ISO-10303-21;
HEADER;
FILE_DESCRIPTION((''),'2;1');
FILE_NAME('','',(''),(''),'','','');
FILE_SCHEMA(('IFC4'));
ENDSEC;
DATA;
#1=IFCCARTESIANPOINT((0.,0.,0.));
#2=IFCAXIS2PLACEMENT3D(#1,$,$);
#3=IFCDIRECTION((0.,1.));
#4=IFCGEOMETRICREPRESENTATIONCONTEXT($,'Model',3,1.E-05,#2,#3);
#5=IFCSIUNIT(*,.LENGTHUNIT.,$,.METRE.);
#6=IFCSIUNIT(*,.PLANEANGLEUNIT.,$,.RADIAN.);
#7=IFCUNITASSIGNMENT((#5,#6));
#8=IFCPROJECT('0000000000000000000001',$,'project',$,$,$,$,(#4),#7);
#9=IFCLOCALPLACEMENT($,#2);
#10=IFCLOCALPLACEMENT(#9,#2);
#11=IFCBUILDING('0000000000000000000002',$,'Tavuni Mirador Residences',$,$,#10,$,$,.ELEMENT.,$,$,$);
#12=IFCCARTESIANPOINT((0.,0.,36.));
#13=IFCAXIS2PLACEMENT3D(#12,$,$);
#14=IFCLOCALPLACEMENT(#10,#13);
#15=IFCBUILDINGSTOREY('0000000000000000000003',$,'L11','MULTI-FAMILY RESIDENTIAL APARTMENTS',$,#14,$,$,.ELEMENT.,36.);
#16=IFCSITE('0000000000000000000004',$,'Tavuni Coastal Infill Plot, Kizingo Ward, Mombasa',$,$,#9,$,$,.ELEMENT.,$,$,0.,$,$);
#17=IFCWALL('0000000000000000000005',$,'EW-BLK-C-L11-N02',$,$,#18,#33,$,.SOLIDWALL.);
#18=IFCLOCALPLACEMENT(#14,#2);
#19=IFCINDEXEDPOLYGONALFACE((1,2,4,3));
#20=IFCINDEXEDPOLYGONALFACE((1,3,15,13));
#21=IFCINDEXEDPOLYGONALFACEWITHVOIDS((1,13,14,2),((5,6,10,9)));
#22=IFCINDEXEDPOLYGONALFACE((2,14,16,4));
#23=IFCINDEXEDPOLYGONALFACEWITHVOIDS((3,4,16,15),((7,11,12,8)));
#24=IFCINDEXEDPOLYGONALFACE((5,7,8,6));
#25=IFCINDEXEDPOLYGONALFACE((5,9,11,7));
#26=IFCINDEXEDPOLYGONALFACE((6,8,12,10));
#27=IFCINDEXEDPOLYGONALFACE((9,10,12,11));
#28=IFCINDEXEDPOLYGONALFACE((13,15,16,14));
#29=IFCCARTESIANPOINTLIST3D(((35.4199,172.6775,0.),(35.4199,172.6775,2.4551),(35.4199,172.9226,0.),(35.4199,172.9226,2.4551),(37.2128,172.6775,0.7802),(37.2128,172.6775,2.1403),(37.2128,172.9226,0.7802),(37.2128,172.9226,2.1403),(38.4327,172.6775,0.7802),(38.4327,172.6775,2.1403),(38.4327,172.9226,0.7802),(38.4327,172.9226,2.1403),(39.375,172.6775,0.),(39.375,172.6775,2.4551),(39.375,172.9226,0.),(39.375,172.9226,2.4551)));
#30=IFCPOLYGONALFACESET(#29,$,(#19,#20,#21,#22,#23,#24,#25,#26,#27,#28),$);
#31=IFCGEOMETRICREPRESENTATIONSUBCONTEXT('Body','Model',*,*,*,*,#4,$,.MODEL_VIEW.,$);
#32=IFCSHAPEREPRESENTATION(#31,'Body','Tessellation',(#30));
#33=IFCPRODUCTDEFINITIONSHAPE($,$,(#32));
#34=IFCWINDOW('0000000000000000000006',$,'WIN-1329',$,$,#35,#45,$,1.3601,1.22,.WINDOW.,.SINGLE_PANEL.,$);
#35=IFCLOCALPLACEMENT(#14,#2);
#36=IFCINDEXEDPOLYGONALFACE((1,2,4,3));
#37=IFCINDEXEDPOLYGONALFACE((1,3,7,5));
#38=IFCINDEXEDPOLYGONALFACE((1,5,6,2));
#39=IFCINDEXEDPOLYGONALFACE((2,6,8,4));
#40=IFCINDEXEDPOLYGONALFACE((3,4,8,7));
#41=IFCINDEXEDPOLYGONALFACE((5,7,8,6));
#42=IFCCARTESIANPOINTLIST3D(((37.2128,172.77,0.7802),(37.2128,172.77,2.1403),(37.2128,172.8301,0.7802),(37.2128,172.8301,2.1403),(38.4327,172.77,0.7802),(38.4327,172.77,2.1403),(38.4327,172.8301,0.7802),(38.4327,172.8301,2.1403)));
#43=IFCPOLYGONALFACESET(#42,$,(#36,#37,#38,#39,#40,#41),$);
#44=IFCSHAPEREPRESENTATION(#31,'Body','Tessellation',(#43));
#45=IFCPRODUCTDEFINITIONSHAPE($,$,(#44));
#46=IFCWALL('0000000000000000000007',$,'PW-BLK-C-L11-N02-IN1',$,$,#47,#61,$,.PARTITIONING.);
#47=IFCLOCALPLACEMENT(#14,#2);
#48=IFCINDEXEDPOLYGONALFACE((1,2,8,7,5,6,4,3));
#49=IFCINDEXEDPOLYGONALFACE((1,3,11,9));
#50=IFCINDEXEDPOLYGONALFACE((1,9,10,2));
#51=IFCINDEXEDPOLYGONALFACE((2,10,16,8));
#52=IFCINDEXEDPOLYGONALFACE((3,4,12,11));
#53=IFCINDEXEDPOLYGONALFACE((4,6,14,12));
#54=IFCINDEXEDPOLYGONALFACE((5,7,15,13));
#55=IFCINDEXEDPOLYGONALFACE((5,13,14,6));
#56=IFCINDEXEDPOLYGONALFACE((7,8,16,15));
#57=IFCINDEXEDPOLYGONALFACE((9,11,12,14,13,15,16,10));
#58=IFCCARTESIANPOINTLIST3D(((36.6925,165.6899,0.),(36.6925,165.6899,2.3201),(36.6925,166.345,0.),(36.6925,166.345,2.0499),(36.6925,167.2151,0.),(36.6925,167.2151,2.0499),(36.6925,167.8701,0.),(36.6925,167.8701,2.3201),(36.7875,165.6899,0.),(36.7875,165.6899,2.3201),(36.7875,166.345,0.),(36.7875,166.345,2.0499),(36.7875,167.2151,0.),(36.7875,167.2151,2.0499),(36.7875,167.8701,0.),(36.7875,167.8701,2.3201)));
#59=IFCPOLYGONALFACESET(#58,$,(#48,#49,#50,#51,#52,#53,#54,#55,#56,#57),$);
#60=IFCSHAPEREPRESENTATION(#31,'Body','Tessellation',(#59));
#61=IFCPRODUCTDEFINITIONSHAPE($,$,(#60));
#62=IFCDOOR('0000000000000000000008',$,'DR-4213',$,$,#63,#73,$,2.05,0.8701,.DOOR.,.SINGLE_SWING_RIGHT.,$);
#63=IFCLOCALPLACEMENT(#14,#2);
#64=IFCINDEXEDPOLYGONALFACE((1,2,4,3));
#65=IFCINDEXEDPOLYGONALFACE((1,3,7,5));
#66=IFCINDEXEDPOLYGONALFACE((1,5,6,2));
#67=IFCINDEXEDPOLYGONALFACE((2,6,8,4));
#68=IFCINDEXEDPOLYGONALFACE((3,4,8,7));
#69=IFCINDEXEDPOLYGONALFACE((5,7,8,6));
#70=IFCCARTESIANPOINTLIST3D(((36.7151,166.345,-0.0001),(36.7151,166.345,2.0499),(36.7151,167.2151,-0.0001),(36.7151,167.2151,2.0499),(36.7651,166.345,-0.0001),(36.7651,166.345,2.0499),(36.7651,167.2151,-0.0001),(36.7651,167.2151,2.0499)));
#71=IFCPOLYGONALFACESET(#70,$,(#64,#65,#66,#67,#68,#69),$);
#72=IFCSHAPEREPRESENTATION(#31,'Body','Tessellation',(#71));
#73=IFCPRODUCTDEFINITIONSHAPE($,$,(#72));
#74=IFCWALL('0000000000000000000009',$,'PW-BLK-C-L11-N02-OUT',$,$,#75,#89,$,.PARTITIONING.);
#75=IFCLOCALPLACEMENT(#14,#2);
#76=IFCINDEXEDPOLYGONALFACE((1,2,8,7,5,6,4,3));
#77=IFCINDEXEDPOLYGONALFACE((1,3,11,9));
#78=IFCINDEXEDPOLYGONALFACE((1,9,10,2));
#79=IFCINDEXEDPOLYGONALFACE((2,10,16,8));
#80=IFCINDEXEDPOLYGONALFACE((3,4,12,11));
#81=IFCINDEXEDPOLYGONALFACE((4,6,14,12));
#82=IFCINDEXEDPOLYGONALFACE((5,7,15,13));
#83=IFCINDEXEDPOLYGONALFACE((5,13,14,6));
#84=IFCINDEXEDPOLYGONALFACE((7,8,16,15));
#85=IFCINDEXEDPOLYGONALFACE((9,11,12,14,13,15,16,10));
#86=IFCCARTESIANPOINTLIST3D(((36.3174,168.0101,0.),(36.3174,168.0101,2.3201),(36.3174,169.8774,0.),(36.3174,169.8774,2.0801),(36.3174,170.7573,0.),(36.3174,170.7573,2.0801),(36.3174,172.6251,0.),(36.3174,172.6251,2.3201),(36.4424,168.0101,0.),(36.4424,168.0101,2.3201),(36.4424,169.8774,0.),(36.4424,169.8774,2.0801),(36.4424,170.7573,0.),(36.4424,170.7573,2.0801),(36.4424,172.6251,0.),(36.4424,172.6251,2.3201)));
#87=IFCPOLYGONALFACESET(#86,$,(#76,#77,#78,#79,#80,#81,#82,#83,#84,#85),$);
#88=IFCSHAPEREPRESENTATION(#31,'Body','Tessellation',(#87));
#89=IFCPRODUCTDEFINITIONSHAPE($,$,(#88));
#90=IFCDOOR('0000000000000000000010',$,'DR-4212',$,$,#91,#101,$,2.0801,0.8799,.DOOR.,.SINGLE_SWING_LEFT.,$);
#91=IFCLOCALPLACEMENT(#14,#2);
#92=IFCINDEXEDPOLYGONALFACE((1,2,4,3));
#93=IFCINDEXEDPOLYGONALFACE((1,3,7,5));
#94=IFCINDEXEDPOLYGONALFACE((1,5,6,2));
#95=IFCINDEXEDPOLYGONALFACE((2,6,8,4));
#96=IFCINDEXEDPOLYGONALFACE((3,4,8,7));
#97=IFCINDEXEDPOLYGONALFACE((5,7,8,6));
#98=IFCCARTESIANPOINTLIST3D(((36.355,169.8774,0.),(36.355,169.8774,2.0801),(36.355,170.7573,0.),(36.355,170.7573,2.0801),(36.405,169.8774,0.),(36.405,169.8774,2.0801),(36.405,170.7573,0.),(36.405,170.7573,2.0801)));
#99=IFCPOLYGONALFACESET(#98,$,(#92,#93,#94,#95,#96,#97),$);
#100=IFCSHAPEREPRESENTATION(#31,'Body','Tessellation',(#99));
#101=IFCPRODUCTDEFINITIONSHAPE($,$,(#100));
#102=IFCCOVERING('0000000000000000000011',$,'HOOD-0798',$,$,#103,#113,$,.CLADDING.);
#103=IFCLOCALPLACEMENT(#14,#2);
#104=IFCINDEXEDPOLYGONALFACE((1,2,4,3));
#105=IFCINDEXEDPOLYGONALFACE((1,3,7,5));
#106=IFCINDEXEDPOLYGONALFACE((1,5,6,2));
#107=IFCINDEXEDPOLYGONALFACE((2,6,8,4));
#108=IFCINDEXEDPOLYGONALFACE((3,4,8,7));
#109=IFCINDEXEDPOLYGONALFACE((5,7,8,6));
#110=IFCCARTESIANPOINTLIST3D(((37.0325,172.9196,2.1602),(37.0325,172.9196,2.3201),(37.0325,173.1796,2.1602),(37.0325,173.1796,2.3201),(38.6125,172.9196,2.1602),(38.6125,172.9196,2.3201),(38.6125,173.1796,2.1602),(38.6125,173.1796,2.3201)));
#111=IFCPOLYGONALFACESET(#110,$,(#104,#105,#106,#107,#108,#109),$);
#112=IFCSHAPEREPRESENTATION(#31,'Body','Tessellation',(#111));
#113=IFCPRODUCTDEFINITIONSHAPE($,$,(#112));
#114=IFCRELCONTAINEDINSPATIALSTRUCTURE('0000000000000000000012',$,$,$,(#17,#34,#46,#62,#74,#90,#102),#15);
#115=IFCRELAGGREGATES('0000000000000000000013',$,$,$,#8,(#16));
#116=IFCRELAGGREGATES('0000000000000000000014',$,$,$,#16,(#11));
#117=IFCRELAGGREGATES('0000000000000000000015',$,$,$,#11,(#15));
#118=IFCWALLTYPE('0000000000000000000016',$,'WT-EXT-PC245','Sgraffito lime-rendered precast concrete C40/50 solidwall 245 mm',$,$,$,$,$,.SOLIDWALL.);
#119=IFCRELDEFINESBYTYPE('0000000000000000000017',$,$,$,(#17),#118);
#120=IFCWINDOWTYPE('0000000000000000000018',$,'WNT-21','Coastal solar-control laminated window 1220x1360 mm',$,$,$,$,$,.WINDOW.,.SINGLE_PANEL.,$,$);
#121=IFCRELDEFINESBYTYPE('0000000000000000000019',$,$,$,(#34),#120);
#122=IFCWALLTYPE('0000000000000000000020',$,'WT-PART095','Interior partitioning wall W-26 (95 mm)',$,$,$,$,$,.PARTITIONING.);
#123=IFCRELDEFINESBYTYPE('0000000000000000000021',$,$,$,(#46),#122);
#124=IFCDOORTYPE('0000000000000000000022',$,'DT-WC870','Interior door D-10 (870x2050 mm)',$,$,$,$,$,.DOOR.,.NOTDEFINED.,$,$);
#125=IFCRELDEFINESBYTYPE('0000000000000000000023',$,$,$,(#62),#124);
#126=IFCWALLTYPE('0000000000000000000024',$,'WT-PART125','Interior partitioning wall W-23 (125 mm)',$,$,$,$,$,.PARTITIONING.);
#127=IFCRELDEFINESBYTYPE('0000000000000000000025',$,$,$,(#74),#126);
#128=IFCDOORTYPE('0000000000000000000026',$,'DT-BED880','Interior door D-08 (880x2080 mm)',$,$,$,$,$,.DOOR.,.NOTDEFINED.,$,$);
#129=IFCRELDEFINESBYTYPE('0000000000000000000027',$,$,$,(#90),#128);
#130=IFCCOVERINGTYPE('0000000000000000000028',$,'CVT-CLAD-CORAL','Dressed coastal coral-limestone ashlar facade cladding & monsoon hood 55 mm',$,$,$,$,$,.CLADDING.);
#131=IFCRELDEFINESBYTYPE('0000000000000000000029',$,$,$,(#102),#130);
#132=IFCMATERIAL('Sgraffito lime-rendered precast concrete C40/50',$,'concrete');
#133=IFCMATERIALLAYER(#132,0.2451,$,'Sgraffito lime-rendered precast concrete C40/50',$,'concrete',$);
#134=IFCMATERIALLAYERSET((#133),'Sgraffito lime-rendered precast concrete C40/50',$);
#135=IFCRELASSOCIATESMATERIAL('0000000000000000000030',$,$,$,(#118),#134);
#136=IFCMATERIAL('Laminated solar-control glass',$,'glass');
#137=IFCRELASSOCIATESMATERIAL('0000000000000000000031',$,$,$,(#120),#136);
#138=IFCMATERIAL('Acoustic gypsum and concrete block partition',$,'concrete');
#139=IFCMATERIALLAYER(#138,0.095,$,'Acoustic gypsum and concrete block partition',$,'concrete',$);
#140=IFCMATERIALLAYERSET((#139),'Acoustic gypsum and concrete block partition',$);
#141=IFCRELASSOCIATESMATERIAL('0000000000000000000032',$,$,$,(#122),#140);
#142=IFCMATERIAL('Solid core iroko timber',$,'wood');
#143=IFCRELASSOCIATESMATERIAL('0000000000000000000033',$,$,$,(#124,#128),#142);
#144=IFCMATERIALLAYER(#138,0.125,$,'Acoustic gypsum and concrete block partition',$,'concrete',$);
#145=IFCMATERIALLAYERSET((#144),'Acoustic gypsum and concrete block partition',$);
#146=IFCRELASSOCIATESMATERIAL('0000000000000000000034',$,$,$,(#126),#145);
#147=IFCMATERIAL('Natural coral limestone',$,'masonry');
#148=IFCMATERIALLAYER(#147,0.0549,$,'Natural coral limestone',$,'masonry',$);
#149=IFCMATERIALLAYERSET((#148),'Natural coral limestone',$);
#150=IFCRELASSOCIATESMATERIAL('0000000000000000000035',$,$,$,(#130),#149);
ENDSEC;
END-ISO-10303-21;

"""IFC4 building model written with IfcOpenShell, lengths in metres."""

from ifc_helpers import new_model, si_unit, direction, frame, frame_2d, origin, origin_2d, place, context, subcontext, project, spatial, rectangle, extrude, material, layer, layer_set, type_object, element, fill, save


model = new_model("IFC4")

# Units and contexts
model_context = context("Model", 3, precision=1e-05, world=origin(), true_north=direction((0.0, 1.0)))
body_context = subcontext(model_context, "Body", "Model", "MODEL_VIEW")
ifc_project = project(units=[si_unit("LENGTHUNIT", "METRE"), si_unit("PLANEANGLEUNIT", "RADIAN")], contexts=[model_context])

# Site, building, storey
site_placement = place(None, origin())
site = spatial("IfcSite", under=ifc_project, at=site_placement, Name="Tavuni Coastal Infill Plot, Kizingo Ward, Mombasa", CompositionType="ELEMENT", RefElevation=0.0)
building_placement = place(site_placement, origin())
building = spatial("IfcBuilding", under=site, at=building_placement, Name="Tavuni Mirador Residences", CompositionType="ELEMENT")
storey_placement = place(building_placement, frame((0.0, 0.0, 36.0)))
storey = spatial("IfcBuildingStorey", under=building, at=storey_placement, Name="L11", Description="MULTI-FAMILY RESIDENTIAL APARTMENTS", CompositionType="ELEMENT", Elevation=36.0)

# Shared definitions
ifc_material_1 = material(Name="Laminated solar-control glass", Category="glass")

# Wall, opening, window
ifc_material_2 = material(Name="Sgraffito lime-rendered precast concrete C40/50", Category="concrete")
ifc_layer_1 = layer(ifc_material_2, 0.2451, Name="Sgraffito lime-rendered precast concrete C40/50", Category="concrete")
ifc_layer_set_1 = layer_set([ifc_layer_1], Name="Sgraffito lime-rendered precast concrete C40/50")
wall_type_1 = type_object("IfcWallType", Name="WT-EXT-PC245", Description="Sgraffito lime-rendered precast concrete C40/50 solidwall 245 mm", PredefinedType="SOLIDWALL", material=ifc_layer_set_1)
wall_1_placement = place(storey_placement, frame((39.375, 172.8, 0.0), z_axis=(0.0, 0.0, 1.0), x_axis=(-1.0, 0.0, 0.0)))
wall_1 = element("IfcWall", 1, at=wall_1_placement, inside=storey, type_object=wall_type_1, Name="EW-BLK-C-L11-N02", PredefinedType="SOLIDWALL", context=body_context, shape_type="SweptSolid", body=[
    extrude(rectangle(XDim=3.9551, YDim=0.2451, at=frame_2d((1.9775, 0.0))), origin(), (0.0, 0.0, 1.0), 2.4551),
])
opening_1_placement = place(wall_1_placement, frame((0.9424, 0.0, 0.78)))
opening_1 = element("IfcOpeningElement", 2, at=opening_1_placement, cuts=wall_1, PredefinedType="OPENING", context=body_context, shape_type="SweptSolid", body=[
    extrude(rectangle(XDim=1.22, YDim=1.3601, at=frame_2d((0.6099, 0.6802))), frame((0.0, 0.1326, 0.0), z_axis=(0.0, -1.0, 0.0), x_axis=(1.0, 0.0, 0.0)), (0.0, 0.0, 1.0), 0.2651),
])
window_type = type_object("IfcWindowType", Name="WNT-21", Description="Coastal solar-control laminated window 1220x1360 mm", PartitioningType="SINGLE_PANEL", PredefinedType="WINDOW", material=ifc_material_1)
window_placement = place(opening_1_placement, origin())
window = element("IfcWindow", 3, at=window_placement, inside=storey, type_object=window_type, Name="WIN-1329", OverallHeight=1.3601, OverallWidth=1.22, PartitioningType="SINGLE_PANEL", PredefinedType="WINDOW", context=body_context, shape_type="SweptSolid", body=[
    extrude(rectangle(XDim=1.22, YDim=1.3601, at=frame_2d((0.6099, 0.6802))), frame((0.0, 0.03, 0.0), z_axis=(0.0, -1.0, 0.0), x_axis=(1.0, 0.0, 0.0)), (0.0, 0.0, 1.0), 0.0601),
])
fill(opening_1, window)

# Walls, openings, doors
ifc_material_3 = material(Name="Acoustic gypsum and concrete block partition", Category="concrete")
ifc_layer_2 = layer(ifc_material_3, 0.095, Name="Acoustic gypsum and concrete block partition", Category="concrete")
ifc_layer_set_2 = layer_set([ifc_layer_2], Name="Acoustic gypsum and concrete block partition")
wall_type_2 = type_object("IfcWallType", Name="WT-PART095", Description="Interior partitioning wall W-26 (95 mm)", PredefinedType="PARTITIONING", material=ifc_layer_set_2)
wall_2_placement = place(storey_placement, frame((36.74, 165.6899, 0.0), z_axis=(0.0, 0.0, 1.0), x_axis=(0.0, 1.0, 0.0)))
wall_2 = element("IfcWall", 4, at=wall_2_placement, inside=storey, type_object=wall_type_2, Name="PW-BLK-C-L11-N02-IN1", PredefinedType="PARTITIONING", context=body_context, shape_type="SweptSolid", body=[
    extrude(rectangle(XDim=2.1802, YDim=0.095, at=frame_2d((1.0901, 0.0))), origin(), (0.0, 0.0, 1.0), 2.3201),
])
opening_2_placement = place(wall_2_placement, frame((0.655, 0.0, 0.0)))
opening_2 = element("IfcOpeningElement", 5, at=opening_2_placement, cuts=wall_2, PredefinedType="OPENING", context=body_context, shape_type="SweptSolid", body=[
    extrude(rectangle(XDim=0.8701, YDim=2.05, at=frame_2d((0.4351, 1.0249))), frame((0.0, 0.0576, 0.0), z_axis=(0.0, -1.0, 0.0), x_axis=(1.0, 0.0, 0.0)), (0.0, 0.0, 1.0), 0.115),
])
ifc_material_4 = material(Name="Solid core iroko timber", Category="wood")
door_type_1 = type_object("IfcDoorType", Name="DT-WC870", Description="Interior door D-10 (870x2050 mm)", OperationType="NOTDEFINED", PredefinedType="DOOR", material=ifc_material_4)
door_1_placement = place(opening_2_placement, origin())
door_1 = element("IfcDoor", 6, at=door_1_placement, inside=storey, type_object=door_type_1, Name="DR-4213", OperationType="SINGLE_SWING_RIGHT", OverallHeight=2.05, OverallWidth=0.8701, PredefinedType="DOOR", context=body_context, shape_type="SweptSolid", body=[
    extrude(rectangle(XDim=0.8701, YDim=2.05, at=frame_2d((0.4351, 1.0249))), frame((0.0, 0.0249, 0.0), z_axis=(0.0, -1.0, 0.0), x_axis=(1.0, 0.0, 0.0)), (0.0, 0.0, 1.0), 0.05),
])
fill(opening_2, door_1)
ifc_layer_3 = layer(ifc_material_3, 0.125, Name="Acoustic gypsum and concrete block partition", Category="concrete")
ifc_layer_set_3 = layer_set([ifc_layer_3], Name="Acoustic gypsum and concrete block partition")
wall_type_3 = type_object("IfcWallType", Name="WT-PART125", Description="Interior partitioning wall W-23 (125 mm)", PredefinedType="PARTITIONING", material=ifc_layer_set_3)
wall_3_placement = place(storey_placement, frame((36.3799, 168.01, 0.0), z_axis=(0.0, 0.0, 1.0), x_axis=(0.0, 1.0, 0.0)))
wall_3 = element("IfcWall", 7, at=wall_3_placement, inside=storey, type_object=wall_type_3, Name="PW-BLK-C-L11-N02-OUT", PredefinedType="PARTITIONING", context=body_context, shape_type="SweptSolid", body=[
    extrude(rectangle(XDim=4.615, YDim=0.125, at=frame_2d((2.3076, 0.0))), origin(), (0.0, 0.0, 1.0), 2.3201),
])
opening_3_placement = place(wall_3_placement, frame((1.8674, 0.0, 0.0)))
opening_3 = element("IfcOpeningElement", 8, at=opening_3_placement, cuts=wall_3, PredefinedType="OPENING", context=body_context, shape_type="SweptSolid", body=[
    extrude(rectangle(XDim=0.8799, YDim=2.0801, at=frame_2d((0.4399, 1.04))), frame((0.0, 0.0725, 0.0), z_axis=(0.0, -1.0, 0.0), x_axis=(1.0, 0.0, 0.0)), (0.0, 0.0, 1.0), 0.145),
])
door_type_2 = type_object("IfcDoorType", Name="DT-BED880", Description="Interior door D-08 (880x2080 mm)", OperationType="NOTDEFINED", PredefinedType="DOOR", material=ifc_material_4)
door_2_placement = place(opening_3_placement, origin())
door_2 = element("IfcDoor", 9, at=door_2_placement, inside=storey, type_object=door_type_2, Name="DR-4212", OperationType="SINGLE_SWING_LEFT", OverallHeight=2.0801, OverallWidth=0.8799, PredefinedType="DOOR", context=body_context, shape_type="SweptSolid", body=[
    extrude(rectangle(XDim=0.8799, YDim=2.0801, at=frame_2d((0.4399, 1.04))), frame((0.0, 0.0249, 0.0), z_axis=(0.0, -1.0, 0.0), x_axis=(1.0, 0.0, 0.0)), (0.0, 0.0, 1.0), 0.05),
])
fill(opening_3, door_2)

# Covering
ifc_material_5 = material(Name="Natural coral limestone", Category="masonry")
ifc_layer_4 = layer(ifc_material_5, 0.0549, Name="Natural coral limestone", Category="masonry")
ifc_layer_set_4 = layer_set([ifc_layer_4], Name="Natural coral limestone")
covering_type = type_object("IfcCoveringType", Name="CVT-CLAD-CORAL", Description="Dressed coastal coral-limestone ashlar facade cladding & monsoon hood 55 mm", PredefinedType="CLADDING", material=ifc_layer_set_4)
covering_placement = place(storey_placement, frame((37.8225, 173.0496, 2.1602), z_axis=(0.0, 0.0, 1.0), x_axis=(-1.0, 0.0, 0.0)))
element("IfcCovering", 10, at=covering_placement, inside=storey, type_object=covering_type, Name="HOOD-0798", PredefinedType="CLADDING", context=body_context, shape_type="SweptSolid", body=[
    extrude(rectangle(XDim=1.5801, YDim=0.26, at=origin_2d()), origin(), (0.0, 0.0, 1.0), 0.1599),
])

save(model, "model.ifc")
